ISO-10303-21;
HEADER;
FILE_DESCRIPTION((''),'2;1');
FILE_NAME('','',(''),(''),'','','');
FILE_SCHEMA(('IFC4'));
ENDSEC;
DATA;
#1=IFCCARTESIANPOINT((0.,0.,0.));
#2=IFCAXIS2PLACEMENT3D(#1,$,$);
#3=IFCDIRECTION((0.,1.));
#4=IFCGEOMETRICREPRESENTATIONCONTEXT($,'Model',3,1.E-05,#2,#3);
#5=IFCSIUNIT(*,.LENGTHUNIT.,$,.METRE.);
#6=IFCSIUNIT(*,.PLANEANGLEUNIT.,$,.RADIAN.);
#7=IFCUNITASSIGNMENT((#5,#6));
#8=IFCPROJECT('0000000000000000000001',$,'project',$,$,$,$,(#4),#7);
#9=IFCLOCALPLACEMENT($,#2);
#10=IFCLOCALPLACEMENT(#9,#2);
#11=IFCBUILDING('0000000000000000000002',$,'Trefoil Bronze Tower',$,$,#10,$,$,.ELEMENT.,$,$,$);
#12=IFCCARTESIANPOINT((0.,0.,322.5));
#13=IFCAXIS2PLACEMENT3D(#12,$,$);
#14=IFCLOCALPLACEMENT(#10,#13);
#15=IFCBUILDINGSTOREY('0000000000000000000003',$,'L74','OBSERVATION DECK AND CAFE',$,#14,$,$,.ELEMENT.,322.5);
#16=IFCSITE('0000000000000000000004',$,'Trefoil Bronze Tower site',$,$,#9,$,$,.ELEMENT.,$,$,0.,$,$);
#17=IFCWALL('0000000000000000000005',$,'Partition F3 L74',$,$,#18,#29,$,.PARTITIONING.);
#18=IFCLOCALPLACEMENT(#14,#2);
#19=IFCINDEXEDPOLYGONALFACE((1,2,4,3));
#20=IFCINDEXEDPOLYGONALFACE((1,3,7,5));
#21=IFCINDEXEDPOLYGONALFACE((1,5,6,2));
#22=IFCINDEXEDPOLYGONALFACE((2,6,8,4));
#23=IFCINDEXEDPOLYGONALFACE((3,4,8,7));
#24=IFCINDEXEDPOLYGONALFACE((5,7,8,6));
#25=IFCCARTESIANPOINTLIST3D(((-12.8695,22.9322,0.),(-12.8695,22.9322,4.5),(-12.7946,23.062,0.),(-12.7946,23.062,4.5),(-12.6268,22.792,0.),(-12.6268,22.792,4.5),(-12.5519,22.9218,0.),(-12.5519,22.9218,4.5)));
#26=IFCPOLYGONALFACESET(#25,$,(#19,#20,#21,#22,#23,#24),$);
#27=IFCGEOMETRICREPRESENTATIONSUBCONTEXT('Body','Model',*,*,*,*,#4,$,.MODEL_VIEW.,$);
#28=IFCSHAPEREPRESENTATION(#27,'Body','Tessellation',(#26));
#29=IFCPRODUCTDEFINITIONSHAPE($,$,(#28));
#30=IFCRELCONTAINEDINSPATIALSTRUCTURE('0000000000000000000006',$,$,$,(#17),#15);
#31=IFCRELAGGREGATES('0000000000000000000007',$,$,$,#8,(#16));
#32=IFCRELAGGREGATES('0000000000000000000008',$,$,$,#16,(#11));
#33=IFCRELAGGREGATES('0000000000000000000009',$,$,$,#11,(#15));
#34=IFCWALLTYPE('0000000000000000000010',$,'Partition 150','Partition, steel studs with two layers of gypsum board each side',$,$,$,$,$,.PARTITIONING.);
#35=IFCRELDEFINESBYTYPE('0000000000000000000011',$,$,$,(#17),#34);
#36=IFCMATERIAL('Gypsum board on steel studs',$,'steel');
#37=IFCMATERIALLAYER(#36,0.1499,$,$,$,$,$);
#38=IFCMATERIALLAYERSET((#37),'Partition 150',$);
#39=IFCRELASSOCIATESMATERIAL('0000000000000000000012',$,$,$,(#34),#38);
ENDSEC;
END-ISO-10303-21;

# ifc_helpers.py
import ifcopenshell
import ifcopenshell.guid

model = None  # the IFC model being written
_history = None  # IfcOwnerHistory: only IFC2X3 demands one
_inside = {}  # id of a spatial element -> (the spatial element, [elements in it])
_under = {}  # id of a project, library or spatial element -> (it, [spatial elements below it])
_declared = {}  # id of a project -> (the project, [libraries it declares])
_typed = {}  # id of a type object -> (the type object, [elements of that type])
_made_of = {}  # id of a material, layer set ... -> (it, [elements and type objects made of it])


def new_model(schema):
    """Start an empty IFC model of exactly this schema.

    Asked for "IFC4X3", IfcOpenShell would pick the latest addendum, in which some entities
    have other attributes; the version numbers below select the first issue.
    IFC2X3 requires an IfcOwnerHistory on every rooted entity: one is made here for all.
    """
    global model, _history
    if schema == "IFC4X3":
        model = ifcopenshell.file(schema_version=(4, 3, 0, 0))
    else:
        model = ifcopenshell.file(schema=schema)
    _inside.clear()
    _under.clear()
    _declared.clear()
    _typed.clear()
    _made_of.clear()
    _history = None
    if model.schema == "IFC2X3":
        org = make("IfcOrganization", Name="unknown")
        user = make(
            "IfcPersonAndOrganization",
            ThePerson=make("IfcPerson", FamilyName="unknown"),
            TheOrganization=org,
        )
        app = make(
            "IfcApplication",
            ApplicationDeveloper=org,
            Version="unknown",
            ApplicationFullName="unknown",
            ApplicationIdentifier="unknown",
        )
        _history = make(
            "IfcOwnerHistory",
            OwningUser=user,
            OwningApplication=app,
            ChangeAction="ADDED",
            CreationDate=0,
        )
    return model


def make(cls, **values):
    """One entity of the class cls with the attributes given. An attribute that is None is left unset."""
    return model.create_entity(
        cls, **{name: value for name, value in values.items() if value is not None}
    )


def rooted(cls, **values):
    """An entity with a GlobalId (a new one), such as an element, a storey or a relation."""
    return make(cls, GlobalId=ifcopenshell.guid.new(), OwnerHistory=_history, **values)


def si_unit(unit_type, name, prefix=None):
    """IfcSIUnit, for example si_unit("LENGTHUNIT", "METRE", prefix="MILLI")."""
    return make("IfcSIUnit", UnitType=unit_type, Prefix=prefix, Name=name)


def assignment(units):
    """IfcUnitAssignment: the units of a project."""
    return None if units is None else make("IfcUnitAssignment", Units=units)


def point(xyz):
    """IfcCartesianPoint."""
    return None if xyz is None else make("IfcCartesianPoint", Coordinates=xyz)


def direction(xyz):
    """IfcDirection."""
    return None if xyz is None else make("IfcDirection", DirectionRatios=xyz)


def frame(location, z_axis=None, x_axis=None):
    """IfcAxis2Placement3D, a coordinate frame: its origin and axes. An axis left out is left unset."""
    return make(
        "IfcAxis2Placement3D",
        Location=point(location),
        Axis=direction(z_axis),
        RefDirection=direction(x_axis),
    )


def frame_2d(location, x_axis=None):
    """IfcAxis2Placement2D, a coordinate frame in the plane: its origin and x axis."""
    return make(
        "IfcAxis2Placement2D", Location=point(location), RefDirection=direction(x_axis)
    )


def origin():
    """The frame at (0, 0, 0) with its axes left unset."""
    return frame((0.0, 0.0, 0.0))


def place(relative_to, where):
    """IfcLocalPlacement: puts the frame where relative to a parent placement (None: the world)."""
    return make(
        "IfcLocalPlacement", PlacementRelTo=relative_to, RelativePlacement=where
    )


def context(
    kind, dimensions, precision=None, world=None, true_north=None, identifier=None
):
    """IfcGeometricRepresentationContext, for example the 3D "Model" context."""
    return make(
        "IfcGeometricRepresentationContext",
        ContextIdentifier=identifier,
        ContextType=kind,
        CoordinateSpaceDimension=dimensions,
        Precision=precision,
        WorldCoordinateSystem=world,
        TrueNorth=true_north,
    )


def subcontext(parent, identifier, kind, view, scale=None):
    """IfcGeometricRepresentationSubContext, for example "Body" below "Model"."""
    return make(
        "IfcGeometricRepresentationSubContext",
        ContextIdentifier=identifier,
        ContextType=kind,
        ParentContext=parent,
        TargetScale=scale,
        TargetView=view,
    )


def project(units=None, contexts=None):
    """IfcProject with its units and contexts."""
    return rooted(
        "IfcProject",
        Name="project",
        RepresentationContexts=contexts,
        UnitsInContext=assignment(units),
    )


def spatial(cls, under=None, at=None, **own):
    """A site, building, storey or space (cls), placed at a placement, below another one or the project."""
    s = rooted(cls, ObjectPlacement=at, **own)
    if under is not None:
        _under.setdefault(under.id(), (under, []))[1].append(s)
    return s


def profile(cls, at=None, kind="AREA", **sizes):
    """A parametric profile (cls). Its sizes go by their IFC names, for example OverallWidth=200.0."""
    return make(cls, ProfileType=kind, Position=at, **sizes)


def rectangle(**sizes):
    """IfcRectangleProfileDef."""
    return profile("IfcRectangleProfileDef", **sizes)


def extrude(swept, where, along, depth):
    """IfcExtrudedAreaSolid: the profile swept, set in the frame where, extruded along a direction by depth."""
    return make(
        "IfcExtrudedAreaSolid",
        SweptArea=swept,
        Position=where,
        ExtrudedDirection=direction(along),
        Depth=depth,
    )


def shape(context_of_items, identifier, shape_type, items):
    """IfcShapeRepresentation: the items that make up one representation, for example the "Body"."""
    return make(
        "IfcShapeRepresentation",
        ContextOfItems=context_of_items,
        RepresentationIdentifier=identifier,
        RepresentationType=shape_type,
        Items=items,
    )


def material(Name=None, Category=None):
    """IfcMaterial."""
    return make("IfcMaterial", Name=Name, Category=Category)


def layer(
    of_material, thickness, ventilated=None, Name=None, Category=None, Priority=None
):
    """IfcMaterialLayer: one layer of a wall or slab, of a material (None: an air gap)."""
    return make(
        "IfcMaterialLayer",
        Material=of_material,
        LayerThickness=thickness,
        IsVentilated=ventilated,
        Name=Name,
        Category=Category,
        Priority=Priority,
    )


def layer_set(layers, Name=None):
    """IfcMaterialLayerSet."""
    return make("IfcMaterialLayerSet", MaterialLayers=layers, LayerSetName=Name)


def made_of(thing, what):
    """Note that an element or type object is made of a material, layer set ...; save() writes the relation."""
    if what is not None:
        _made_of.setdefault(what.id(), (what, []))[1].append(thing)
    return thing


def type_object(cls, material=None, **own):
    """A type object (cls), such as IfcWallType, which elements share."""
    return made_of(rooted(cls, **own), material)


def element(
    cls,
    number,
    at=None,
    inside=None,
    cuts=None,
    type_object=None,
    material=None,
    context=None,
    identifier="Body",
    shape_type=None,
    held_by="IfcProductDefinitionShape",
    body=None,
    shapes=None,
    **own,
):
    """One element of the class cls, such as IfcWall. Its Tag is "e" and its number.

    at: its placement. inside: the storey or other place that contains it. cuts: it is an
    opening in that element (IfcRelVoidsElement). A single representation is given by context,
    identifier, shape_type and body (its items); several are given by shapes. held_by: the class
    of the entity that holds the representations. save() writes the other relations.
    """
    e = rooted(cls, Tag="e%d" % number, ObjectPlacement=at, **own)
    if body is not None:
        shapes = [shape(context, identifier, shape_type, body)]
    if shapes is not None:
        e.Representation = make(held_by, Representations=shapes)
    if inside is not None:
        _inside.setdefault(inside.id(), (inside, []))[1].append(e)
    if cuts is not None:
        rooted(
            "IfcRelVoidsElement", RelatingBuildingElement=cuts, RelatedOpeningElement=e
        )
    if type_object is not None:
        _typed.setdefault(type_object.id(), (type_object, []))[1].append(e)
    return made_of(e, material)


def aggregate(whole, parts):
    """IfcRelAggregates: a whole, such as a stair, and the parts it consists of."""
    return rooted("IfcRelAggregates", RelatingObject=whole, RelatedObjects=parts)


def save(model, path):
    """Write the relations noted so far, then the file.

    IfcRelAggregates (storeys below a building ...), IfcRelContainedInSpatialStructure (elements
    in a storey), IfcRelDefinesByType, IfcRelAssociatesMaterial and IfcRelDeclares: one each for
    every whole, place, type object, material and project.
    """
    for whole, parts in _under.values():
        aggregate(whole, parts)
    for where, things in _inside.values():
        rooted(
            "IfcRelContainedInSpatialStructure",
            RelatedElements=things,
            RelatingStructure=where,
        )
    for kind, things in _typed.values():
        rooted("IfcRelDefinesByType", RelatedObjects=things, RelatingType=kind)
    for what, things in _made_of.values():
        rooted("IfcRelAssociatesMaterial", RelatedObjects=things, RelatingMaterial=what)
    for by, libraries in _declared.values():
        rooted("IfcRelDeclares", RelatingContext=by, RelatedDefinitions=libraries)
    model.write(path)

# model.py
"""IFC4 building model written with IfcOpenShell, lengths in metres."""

from ifc_helpers import new_model, si_unit, direction, frame, frame_2d, origin, place, context, subcontext, project, spatial, rectangle, extrude, material, layer, layer_set, type_object, element, save


model = new_model("IFC4")

# Units and contexts
model_context = context("Model", 3, precision=1e-05, world=origin(), true_north=direction((0.0, 1.0)))
body_context = subcontext(model_context, "Body", "Model", "MODEL_VIEW")
ifc_project = project(units=[si_unit("LENGTHUNIT", "METRE"), si_unit("PLANEANGLEUNIT", "RADIAN")], contexts=[model_context])

# Site, building, storey
site_placement = place(None, origin())
site = spatial("IfcSite", under=ifc_project, at=site_placement, Name="Trefoil Bronze Tower site", CompositionType="ELEMENT", RefElevation=0.0)
building_placement = place(site_placement, origin())
building = spatial("IfcBuilding", under=site, at=building_placement, Name="Trefoil Bronze Tower", CompositionType="ELEMENT")
storey_placement = place(building_placement, frame((0.0, 0.0, 322.5)))
storey = spatial("IfcBuildingStorey", under=building, at=storey_placement, Name="L74", Description="OBSERVATION DECK AND CAFE", CompositionType="ELEMENT", Elevation=322.5)

# Wall
ifc_material_1 = material(Name="Gypsum board on steel studs", Category="steel")
ifc_layer_1 = layer(ifc_material_1, 0.1499)
ifc_layer_set_1 = layer_set([ifc_layer_1], Name="Partition 150")
wall_type = type_object("IfcWallType", Name="Partition 150", Description="Partition, steel studs with two layers of gypsum board each side", PredefinedType="PARTITIONING", material=ifc_layer_set_1)
wall_placement = place(storey_placement, frame((-12.5894, 22.8569, 0.0), z_axis=(0.0, 0.0, 1.0), x_axis=(-0.865982, 0.500074, 0.0)))
element("IfcWall", 1, at=wall_placement, inside=storey, type_object=wall_type, Name="Partition F3 L74", PredefinedType="PARTITIONING", context=body_context, shape_type="SweptSolid", body=[
    extrude(rectangle(XDim=0.2803, YDim=0.1499, at=frame_2d((0.1401, 0.0))), origin(), (0.0, 0.0, 1.0), 4.5),
])

save(model, "model.ifc")
